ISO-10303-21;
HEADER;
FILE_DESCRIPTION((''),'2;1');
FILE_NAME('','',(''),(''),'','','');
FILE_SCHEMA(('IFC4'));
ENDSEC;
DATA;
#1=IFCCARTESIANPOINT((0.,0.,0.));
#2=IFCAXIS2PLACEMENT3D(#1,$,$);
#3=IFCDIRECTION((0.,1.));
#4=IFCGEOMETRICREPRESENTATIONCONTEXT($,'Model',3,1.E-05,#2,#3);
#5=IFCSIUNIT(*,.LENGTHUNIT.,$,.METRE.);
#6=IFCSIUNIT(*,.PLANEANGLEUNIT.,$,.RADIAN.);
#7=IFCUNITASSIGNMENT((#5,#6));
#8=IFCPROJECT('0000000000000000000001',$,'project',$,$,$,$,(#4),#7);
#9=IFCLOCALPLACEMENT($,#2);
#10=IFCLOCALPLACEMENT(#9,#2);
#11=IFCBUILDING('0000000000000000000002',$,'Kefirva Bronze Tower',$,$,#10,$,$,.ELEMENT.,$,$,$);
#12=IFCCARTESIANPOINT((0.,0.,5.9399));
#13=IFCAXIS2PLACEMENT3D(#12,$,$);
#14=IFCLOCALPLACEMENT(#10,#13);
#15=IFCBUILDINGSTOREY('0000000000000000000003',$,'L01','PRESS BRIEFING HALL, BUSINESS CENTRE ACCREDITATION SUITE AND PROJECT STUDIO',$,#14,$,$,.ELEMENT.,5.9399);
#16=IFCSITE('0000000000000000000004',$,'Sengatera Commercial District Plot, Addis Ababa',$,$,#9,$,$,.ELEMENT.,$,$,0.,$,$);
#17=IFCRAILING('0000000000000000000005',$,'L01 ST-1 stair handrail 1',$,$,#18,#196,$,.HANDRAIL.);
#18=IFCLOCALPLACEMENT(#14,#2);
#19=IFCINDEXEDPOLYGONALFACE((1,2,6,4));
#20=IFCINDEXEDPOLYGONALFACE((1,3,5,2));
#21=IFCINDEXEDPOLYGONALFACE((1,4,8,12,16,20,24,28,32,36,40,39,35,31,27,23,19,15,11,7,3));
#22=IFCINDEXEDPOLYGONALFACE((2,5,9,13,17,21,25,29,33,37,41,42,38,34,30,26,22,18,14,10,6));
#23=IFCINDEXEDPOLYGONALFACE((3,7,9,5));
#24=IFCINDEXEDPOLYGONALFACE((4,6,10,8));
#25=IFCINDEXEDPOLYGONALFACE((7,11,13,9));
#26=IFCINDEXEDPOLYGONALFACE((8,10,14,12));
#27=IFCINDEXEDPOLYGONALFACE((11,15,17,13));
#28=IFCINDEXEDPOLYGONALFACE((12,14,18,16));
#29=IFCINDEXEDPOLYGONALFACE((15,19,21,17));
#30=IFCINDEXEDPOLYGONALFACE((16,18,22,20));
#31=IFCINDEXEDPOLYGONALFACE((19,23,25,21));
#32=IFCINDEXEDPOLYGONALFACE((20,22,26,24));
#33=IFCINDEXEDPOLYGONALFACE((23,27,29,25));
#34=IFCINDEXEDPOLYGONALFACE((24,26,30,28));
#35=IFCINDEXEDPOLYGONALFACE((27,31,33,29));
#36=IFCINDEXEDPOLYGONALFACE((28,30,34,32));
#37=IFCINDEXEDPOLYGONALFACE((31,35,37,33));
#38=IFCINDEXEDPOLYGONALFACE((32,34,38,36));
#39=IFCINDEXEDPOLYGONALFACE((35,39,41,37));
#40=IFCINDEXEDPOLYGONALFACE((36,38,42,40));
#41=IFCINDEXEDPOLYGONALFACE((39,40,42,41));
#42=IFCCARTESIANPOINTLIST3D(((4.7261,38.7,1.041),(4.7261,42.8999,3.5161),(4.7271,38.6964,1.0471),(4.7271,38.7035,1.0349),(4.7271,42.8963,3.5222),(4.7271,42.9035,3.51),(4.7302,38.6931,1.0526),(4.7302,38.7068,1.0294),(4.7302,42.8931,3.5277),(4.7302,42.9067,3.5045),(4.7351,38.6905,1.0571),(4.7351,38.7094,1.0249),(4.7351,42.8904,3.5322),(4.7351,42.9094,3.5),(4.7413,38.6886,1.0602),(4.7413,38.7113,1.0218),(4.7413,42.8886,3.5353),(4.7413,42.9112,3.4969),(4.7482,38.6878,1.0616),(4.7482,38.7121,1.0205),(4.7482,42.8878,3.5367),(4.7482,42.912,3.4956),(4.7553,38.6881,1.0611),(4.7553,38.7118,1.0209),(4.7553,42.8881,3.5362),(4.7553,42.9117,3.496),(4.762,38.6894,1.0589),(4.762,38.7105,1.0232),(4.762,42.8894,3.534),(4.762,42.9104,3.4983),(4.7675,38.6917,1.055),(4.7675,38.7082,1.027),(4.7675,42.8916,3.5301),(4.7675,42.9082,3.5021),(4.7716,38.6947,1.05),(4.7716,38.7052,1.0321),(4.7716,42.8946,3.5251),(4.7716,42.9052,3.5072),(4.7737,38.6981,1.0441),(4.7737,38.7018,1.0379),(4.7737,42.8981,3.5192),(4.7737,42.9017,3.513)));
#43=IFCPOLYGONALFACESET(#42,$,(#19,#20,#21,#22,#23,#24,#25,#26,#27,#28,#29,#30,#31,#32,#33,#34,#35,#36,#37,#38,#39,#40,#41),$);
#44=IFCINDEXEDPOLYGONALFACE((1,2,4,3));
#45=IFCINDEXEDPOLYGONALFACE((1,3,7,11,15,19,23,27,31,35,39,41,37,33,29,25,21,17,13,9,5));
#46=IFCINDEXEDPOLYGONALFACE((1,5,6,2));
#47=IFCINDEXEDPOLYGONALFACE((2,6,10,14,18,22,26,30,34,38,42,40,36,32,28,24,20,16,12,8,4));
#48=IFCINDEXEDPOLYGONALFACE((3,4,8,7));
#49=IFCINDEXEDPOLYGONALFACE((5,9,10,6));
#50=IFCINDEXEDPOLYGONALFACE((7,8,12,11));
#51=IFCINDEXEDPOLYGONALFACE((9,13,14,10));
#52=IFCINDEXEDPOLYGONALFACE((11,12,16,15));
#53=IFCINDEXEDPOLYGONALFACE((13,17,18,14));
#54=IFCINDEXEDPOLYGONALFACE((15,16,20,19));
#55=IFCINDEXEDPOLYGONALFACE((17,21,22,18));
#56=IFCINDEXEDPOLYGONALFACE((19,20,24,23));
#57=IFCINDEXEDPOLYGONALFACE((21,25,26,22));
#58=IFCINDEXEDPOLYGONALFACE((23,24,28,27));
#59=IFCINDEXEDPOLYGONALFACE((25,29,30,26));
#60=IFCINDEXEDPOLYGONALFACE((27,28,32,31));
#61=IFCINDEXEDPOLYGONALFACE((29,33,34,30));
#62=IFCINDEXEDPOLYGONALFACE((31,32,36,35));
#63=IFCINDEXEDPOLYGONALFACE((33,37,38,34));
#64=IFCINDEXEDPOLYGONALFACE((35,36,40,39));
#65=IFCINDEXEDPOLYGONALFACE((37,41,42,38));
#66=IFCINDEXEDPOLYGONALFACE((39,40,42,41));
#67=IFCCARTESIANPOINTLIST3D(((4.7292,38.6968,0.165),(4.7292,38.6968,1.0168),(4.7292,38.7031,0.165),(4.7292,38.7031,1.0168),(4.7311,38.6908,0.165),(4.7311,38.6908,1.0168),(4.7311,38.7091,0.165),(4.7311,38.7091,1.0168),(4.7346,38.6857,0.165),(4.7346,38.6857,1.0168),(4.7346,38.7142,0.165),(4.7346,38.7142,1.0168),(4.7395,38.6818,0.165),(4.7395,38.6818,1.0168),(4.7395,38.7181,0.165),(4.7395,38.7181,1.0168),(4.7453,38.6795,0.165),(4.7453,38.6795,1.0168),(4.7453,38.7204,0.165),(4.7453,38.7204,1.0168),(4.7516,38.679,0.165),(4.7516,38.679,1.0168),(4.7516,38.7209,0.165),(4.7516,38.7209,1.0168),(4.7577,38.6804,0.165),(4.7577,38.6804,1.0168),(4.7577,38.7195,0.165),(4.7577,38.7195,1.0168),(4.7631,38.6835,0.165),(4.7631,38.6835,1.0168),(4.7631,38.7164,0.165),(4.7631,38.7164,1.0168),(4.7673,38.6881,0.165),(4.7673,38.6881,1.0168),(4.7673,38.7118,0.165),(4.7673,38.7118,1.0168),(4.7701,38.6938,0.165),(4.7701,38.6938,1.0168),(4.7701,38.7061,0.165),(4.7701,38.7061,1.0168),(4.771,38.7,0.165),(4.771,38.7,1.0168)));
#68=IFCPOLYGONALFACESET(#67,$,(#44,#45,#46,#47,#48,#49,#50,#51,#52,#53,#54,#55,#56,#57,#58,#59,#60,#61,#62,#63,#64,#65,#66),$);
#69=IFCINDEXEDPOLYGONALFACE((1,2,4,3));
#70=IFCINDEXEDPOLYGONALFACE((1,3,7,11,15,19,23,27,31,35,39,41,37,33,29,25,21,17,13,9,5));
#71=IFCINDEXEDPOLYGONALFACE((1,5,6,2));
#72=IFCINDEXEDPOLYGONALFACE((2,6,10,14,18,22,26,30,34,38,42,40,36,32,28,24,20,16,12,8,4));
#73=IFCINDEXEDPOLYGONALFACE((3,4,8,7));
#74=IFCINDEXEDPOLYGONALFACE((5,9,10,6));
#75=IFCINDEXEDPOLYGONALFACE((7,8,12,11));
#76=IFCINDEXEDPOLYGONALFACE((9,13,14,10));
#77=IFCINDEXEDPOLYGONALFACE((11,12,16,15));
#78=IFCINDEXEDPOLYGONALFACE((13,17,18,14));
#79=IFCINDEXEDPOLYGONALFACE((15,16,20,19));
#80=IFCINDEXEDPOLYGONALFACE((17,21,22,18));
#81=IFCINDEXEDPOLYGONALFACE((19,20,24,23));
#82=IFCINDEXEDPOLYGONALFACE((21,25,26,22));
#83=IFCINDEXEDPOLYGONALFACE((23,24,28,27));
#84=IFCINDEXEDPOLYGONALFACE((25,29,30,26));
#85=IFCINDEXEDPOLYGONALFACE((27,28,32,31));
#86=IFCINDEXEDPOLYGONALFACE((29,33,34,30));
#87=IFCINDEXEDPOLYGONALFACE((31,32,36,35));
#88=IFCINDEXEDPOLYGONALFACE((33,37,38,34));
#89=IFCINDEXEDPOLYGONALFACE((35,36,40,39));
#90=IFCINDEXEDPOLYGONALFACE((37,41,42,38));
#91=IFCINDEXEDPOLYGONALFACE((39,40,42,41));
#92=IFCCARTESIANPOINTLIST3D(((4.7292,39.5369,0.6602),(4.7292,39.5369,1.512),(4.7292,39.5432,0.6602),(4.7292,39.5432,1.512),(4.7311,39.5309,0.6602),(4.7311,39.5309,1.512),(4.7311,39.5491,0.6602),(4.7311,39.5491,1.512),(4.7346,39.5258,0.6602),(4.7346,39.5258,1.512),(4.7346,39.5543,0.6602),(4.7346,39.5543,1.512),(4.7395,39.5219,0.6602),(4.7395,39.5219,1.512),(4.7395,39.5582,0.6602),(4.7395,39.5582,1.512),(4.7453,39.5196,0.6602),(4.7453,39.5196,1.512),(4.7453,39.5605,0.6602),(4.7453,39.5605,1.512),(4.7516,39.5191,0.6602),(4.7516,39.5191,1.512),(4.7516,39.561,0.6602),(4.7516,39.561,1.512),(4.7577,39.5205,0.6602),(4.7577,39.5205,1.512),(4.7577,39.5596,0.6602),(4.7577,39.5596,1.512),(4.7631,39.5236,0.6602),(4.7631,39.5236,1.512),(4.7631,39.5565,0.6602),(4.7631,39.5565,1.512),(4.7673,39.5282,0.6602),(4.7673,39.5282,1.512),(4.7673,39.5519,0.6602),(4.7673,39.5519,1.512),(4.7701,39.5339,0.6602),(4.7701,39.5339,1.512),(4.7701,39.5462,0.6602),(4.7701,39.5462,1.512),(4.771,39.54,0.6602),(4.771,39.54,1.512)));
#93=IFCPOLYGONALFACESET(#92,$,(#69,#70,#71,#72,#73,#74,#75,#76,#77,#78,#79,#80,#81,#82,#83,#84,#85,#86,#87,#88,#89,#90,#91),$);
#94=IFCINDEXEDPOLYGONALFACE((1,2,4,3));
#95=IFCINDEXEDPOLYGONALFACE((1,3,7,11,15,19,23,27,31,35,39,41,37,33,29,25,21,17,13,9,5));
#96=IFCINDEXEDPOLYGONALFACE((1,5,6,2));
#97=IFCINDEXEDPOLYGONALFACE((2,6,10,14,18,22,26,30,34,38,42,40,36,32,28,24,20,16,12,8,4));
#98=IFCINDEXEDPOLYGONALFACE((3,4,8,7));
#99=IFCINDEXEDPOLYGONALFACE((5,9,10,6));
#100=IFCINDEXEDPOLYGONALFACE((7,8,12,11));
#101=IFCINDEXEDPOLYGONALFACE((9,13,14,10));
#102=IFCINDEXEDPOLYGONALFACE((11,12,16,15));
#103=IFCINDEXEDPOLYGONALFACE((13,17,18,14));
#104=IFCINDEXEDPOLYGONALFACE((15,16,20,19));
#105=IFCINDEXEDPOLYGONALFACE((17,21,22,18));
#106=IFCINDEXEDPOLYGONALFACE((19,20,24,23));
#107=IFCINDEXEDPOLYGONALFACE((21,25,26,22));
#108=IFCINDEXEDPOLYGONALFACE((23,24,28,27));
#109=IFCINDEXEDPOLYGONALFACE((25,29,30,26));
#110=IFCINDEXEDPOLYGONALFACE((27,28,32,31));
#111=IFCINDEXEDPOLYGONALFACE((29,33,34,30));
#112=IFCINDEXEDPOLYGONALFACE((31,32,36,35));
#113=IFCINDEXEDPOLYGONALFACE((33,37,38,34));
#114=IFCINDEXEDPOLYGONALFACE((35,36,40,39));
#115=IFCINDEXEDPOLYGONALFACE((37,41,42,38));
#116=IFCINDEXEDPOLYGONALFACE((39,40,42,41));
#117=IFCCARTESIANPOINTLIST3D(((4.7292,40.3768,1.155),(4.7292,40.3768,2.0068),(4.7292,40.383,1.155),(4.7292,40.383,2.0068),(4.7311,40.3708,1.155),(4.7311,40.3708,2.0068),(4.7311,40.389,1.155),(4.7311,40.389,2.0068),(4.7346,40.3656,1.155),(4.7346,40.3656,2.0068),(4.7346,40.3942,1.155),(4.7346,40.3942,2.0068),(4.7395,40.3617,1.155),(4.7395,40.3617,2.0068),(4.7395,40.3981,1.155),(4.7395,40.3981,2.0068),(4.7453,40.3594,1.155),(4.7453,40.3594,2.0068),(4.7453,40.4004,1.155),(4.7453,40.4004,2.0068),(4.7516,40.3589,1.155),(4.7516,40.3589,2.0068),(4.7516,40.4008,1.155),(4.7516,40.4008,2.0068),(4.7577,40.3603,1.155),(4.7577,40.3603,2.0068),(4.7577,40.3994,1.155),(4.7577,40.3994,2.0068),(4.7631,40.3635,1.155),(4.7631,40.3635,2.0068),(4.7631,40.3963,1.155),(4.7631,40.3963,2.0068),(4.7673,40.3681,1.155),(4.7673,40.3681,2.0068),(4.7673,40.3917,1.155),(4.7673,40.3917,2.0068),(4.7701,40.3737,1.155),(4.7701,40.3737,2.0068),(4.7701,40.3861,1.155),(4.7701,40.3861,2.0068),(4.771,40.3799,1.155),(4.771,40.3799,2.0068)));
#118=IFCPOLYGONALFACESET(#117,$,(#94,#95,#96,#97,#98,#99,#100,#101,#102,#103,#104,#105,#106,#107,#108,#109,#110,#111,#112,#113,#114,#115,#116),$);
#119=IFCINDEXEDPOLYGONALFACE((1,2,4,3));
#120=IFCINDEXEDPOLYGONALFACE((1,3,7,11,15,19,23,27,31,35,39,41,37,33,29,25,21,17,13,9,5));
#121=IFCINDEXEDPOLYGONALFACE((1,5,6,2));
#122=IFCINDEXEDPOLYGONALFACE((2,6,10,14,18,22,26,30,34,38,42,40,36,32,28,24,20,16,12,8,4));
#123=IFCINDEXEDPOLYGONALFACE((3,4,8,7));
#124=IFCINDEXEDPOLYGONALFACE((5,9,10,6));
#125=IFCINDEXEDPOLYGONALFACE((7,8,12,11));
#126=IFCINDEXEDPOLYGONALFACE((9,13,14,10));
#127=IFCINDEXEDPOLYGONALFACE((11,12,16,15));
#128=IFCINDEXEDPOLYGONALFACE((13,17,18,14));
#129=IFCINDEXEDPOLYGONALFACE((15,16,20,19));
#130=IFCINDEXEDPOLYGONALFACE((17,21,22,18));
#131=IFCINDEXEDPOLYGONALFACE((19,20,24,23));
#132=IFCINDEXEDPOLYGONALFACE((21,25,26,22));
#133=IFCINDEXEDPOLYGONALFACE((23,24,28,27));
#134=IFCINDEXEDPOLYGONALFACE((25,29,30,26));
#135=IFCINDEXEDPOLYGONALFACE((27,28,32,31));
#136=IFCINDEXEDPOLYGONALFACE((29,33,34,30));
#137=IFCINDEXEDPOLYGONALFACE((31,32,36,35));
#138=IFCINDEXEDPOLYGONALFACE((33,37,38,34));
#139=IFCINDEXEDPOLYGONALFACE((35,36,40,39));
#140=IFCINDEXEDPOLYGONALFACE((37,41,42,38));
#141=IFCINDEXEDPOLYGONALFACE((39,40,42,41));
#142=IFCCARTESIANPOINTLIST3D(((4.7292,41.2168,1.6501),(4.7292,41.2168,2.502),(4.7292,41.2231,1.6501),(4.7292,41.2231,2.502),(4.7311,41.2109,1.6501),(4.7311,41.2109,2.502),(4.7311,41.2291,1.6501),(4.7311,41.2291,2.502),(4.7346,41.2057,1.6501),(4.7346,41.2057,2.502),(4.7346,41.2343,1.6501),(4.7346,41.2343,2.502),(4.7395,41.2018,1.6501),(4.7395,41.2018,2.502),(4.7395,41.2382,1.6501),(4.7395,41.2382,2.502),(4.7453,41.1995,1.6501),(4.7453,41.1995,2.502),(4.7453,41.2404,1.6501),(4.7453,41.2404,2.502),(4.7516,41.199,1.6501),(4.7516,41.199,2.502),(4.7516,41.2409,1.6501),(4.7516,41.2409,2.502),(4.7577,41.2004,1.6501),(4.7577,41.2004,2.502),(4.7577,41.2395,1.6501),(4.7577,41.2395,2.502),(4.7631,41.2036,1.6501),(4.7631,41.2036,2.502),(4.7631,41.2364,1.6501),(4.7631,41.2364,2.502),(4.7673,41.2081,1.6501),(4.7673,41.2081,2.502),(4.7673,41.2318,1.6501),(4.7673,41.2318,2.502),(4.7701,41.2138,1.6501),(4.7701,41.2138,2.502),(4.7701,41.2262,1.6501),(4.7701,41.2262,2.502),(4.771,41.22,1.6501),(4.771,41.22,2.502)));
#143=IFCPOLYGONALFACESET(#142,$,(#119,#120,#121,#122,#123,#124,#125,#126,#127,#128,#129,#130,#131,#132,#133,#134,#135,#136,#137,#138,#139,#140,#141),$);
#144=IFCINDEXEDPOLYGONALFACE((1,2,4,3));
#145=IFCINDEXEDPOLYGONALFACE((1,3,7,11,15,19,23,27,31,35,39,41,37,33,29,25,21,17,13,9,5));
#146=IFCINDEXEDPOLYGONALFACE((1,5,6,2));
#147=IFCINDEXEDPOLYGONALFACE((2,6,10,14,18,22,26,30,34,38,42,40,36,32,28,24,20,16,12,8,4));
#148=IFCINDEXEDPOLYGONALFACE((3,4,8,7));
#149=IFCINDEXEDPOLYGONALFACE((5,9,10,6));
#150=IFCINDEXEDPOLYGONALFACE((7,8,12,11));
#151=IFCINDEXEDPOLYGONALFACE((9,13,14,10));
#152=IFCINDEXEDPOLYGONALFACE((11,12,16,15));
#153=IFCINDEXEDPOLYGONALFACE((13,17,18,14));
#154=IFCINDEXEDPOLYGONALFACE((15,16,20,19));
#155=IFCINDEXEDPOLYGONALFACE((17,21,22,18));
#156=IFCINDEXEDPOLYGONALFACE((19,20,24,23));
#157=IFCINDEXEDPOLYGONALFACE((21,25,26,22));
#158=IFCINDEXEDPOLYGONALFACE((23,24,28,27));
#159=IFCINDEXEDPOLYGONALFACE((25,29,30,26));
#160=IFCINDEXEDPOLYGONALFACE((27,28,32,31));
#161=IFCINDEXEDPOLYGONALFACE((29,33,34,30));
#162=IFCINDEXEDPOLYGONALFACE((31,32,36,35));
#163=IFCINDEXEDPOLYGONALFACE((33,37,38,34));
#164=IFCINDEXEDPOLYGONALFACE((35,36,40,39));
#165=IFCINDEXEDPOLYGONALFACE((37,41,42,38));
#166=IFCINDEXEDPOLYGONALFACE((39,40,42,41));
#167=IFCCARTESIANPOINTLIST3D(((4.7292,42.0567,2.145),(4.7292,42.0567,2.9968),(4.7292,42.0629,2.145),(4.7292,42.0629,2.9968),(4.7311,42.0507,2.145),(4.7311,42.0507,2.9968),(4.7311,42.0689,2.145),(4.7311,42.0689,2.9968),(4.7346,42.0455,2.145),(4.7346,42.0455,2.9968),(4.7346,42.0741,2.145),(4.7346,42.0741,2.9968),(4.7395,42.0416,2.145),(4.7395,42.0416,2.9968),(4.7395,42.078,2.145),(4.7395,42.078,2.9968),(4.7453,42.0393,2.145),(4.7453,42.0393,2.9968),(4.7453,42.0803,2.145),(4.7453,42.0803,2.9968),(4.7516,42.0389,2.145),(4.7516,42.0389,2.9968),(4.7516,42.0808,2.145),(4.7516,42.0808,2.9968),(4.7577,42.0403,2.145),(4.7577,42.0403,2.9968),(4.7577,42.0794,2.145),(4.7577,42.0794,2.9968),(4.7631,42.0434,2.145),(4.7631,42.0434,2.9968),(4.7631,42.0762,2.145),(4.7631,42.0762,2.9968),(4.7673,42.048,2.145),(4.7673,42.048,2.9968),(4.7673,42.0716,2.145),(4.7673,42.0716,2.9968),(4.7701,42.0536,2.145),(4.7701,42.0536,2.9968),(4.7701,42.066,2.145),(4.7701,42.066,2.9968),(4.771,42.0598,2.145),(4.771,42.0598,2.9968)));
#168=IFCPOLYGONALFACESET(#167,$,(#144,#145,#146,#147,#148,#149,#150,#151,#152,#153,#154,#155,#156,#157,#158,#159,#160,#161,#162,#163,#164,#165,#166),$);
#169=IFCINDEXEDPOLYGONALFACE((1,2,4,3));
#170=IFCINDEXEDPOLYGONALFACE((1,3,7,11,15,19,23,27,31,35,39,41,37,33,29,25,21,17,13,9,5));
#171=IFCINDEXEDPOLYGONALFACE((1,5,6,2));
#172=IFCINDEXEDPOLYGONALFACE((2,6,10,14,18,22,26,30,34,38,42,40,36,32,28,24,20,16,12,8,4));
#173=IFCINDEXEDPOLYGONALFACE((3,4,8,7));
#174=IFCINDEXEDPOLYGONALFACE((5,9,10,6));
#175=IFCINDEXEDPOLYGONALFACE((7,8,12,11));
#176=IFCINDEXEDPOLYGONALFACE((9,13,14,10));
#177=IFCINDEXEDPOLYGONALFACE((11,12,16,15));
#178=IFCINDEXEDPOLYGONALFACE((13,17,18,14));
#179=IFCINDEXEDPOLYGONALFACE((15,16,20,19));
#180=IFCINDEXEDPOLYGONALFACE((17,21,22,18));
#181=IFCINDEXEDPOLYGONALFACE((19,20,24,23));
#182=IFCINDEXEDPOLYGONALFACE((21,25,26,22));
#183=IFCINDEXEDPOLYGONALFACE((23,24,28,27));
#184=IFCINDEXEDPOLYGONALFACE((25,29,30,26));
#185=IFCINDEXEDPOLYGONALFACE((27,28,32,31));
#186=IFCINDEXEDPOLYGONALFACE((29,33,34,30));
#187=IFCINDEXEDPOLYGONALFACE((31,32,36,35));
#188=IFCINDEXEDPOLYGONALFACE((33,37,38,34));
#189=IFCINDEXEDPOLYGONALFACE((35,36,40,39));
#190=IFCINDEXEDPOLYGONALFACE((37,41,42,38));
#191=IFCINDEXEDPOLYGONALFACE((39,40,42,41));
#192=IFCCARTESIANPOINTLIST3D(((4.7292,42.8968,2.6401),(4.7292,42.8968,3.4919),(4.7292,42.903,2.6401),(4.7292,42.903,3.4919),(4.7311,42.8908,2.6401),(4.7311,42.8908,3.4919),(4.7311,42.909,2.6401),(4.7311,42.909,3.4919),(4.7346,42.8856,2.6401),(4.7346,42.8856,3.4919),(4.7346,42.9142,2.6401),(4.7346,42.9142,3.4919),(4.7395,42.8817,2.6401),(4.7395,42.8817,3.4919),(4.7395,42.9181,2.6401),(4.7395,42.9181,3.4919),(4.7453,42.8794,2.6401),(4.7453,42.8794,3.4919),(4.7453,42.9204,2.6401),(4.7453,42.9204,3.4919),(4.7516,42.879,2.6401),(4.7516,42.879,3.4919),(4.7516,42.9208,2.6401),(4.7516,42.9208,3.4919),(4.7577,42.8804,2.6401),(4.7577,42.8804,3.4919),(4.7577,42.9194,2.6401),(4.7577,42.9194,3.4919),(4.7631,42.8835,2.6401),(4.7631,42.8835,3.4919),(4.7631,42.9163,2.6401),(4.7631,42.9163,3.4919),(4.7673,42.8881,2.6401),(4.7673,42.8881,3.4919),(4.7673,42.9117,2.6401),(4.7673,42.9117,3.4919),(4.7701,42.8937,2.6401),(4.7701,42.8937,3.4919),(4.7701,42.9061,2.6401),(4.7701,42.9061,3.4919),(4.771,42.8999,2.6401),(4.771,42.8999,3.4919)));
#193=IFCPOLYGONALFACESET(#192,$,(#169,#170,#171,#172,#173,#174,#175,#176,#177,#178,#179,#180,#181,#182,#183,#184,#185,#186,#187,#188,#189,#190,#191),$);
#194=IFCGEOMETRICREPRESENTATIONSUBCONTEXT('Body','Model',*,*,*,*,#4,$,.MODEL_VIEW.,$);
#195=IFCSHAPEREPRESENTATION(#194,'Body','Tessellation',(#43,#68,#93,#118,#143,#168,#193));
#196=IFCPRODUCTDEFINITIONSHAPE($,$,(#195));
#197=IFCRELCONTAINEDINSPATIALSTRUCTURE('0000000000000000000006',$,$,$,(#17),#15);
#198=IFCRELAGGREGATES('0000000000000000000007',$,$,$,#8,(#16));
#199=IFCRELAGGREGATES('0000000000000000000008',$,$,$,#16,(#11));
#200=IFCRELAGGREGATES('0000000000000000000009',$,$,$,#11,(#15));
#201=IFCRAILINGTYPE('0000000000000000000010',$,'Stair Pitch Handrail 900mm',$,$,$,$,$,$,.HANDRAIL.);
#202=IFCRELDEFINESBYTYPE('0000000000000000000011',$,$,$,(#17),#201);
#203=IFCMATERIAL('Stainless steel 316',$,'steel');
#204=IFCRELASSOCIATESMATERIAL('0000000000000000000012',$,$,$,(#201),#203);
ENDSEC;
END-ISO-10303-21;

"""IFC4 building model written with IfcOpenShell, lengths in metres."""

from ifc_helpers import new_model, si_unit, direction, frame, origin, origin_2d, place, context, subcontext, project, spatial, circle, extrude, material, type_object, element, save


model = new_model("IFC4")

# Units and contexts
model_context = context("Model", 3, precision=1e-05, world=origin(), true_north=direction((0.0, 1.0)))
body_context = subcontext(model_context, "Body", "Model", "MODEL_VIEW")
ifc_project = project(units=[si_unit("LENGTHUNIT", "METRE"), si_unit("PLANEANGLEUNIT", "RADIAN")], contexts=[model_context])

# Site, building, storey
site_placement = place(None, origin())
site = spatial("IfcSite", under=ifc_project, at=site_placement, Name="Sengatera Commercial District Plot, Addis Ababa", CompositionType="ELEMENT", RefElevation=0.0)
building_placement = place(site_placement, origin())
building = spatial("IfcBuilding", under=site, at=building_placement, Name="Kefirva Bronze Tower", CompositionType="ELEMENT")
storey_placement = place(building_placement, frame((0.0, 0.0, 5.9399)))
storey = spatial("IfcBuildingStorey", under=building, at=storey_placement, Name="L01", Description="PRESS BRIEFING HALL, BUSINESS CENTRE ACCREDITATION SUITE AND PROJECT STUDIO", CompositionType="ELEMENT", Elevation=5.9399)

# Shared definitions
ifc_material_1 = material(Name="Stainless steel 316", Category="steel")

# Railing
railing_type_1 = type_object("IfcRailingType", Name="Stair Pitch Handrail 900mm", PredefinedType="HANDRAIL", material=ifc_material_1)
railing_1_placement = place(storey_placement, frame((4.75, 38.7, 0.165)))
element("IfcRailing", 1, at=railing_1_placement, inside=storey, type_object=railing_type_1, Name="L01 ST-1 stair handrail 1", PredefinedType="HANDRAIL", context=body_context, shape_type="SweptSolid", body=[
    extrude(circle(Radius=0.0239, at=origin_2d()), frame((0.0, 0.0, 0.876), z_axis=(0.0, 0.861527, 0.507712), x_axis=(-1.0, 0.0, 0.0)), (0.0, 0.0, 1.0), 4.875),
    extrude(circle(Radius=0.021, at=origin_2d()), origin(), (0.0, 0.0, 1.0), 0.8518),
    extrude(circle(Radius=0.021, at=origin_2d()), frame((0.0, 0.8401, 0.4951)), (0.0, 0.0, 1.0), 0.8518),
    extrude(circle(Radius=0.021, at=origin_2d()), frame((0.0, 1.6799, 0.99)), (0.0, 0.0, 1.0), 0.8518),
    extrude(circle(Radius=0.021, at=origin_2d()), frame((0.0, 2.52, 1.4851)), (0.0, 0.0, 1.0), 0.8518),
    extrude(circle(Radius=0.021, at=origin_2d()), frame((0.0, 3.3599, 1.98)), (0.0, 0.0, 1.0), 0.8518),
    extrude(circle(Radius=0.021, at=origin_2d()), frame((0.0, 4.2, 2.4751)), (0.0, 0.0, 1.0), 0.8518),
])

save(model, "model.ifc")
